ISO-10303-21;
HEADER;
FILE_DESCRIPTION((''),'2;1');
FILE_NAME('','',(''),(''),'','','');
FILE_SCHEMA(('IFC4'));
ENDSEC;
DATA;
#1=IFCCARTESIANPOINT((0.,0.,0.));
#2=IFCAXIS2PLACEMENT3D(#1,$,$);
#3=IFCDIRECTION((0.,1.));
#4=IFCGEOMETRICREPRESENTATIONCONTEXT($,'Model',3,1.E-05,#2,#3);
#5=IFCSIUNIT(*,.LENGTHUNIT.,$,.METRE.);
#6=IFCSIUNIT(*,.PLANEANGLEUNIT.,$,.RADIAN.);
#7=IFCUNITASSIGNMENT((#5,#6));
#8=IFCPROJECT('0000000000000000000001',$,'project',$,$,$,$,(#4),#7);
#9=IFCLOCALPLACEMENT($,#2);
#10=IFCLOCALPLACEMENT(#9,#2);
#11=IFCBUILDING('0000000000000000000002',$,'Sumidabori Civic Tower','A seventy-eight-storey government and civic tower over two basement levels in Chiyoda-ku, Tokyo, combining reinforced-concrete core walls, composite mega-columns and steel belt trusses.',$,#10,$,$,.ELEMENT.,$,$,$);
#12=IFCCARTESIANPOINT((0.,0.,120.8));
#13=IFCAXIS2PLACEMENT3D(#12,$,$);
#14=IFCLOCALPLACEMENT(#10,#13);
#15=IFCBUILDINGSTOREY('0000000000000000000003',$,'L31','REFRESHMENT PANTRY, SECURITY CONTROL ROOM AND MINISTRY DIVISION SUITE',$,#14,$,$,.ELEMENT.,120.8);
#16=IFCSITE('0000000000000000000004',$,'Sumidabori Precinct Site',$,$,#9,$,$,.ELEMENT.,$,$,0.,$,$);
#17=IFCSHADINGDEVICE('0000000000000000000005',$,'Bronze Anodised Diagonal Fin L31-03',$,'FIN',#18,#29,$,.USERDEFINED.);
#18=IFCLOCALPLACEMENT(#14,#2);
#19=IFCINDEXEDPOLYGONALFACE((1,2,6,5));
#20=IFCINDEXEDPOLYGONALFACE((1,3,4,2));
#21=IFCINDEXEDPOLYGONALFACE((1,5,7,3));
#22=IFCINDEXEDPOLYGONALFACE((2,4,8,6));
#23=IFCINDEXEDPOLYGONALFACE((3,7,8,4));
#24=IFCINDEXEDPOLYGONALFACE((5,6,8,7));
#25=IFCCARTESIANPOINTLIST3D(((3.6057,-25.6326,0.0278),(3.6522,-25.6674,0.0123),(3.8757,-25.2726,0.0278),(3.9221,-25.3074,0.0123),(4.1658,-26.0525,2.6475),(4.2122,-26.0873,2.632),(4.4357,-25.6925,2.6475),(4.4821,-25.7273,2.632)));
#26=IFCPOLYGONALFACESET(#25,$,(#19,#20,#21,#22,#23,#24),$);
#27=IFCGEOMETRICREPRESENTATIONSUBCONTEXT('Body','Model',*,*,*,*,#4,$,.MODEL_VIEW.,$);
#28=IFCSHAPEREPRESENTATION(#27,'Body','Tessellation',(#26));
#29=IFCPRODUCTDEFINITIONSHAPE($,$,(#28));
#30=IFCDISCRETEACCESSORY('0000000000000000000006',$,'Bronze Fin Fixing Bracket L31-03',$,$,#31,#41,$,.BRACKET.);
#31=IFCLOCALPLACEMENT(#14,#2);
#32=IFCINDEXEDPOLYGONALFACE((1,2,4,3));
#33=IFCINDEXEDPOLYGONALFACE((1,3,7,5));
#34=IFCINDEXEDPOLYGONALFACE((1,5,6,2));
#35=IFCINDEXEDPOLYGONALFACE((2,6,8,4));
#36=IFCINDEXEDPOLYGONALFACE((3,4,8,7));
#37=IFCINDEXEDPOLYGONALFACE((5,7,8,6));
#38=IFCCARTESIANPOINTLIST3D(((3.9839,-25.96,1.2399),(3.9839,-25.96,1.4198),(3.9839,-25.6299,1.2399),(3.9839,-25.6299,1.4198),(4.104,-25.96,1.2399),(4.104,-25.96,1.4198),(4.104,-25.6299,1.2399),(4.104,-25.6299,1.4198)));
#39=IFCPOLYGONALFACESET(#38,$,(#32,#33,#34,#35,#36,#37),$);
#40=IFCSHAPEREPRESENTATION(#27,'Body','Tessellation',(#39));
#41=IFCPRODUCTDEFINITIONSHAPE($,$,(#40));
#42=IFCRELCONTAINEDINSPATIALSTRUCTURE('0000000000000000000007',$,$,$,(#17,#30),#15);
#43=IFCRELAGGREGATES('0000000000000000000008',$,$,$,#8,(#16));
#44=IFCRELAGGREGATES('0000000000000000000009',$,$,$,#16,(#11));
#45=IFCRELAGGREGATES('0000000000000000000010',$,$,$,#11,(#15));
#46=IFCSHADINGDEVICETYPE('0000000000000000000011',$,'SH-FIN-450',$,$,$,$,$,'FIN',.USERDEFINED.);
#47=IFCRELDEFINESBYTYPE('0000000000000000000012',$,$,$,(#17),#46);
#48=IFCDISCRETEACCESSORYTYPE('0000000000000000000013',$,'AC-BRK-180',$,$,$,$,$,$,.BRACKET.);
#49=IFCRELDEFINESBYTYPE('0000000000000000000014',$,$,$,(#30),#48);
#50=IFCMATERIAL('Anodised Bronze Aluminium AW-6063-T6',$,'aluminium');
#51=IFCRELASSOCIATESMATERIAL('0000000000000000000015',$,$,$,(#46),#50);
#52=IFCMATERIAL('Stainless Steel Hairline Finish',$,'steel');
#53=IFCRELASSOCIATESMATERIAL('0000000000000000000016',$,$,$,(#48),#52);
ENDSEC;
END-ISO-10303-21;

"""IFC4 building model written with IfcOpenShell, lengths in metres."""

from ifc_helpers import new_model, si_unit, direction, frame, origin, origin_2d, place, context, subcontext, project, spatial, rectangle, extrude, source, transform, mapped, material, material_profile, profile_set, type_object, element, save


model = new_model("IFC4")

# Units and contexts
model_context = context("Model", 3, precision=1e-05, world=origin(), true_north=direction((0.0, 1.0)))
body_context = subcontext(model_context, "Body", "Model", "MODEL_VIEW")
ifc_project = project(units=[si_unit("LENGTHUNIT", "METRE"), si_unit("PLANEANGLEUNIT", "RADIAN")], contexts=[model_context])

# Site, building, storey
site_placement = place(None, origin())
site = spatial("IfcSite", under=ifc_project, at=site_placement, Name="Sumidabori Precinct Site", CompositionType="ELEMENT", RefElevation=0.0)
building_placement = place(site_placement, origin())
building = spatial("IfcBuilding", under=site, at=building_placement, Name="Sumidabori Civic Tower", Description="A seventy-eight-storey government and civic tower over two basement levels in Chiyoda-ku, Tokyo, combining reinforced-concrete core walls, composite mega-columns and steel belt trusses.", CompositionType="ELEMENT")
storey_placement = place(building_placement, frame((0.0, 0.0, 120.8)))
storey = spatial("IfcBuildingStorey", under=building, at=storey_placement, Name="L31", Description="REFRESHMENT PANTRY, SECURITY CONTROL ROOM AND MINISTRY DIVISION SUITE", CompositionType="ELEMENT", Elevation=120.8)

# Shared definitions
ifc_material_1 = material(Name="Anodised Bronze Aluminium AW-6063-T6", Category="aluminium")

# Shading device
ifc_material_profile_1 = material_profile(ifc_material_1, rectangle(XDim=0.0601, YDim=0.45, at=origin_2d()), Name="BRONZE FIN 450x60")
ifc_profile_set_1 = profile_set([ifc_material_profile_1], Name="Anodised Bronze Aluminium AW-6063-T6")
shading_device_type = type_object("IfcShadingDeviceType", Name="SH-FIN-450", ElementType="FIN", PredefinedType="USERDEFINED", material=ifc_profile_set_1)
shared_shape_1 = source(origin(), body_context, "Body", "SweptSolid", [
    extrude(rectangle(XDim=0.0601, YDim=0.45, at=origin_2d()), origin(), (0.0, 0.0, 1.0), 2.7117),
])
shading_device_placement = place(storey_placement, frame((3.7639, -25.47, 0.02), z_axis=(0.206528, -0.154851, 0.966109), x_axis=(0.772968, -0.579558, -0.258133)))
element("IfcShadingDevice", 1, at=shading_device_placement, inside=storey, type_object=shading_device_type, Name="Bronze Anodised Diagonal Fin L31-03", ObjectType="FIN", PredefinedType="USERDEFINED", context=body_context, shape_type="MappedRepresentation", body=[
    mapped(shared_shape_1, transform((0.0, 0.0, 0.0), x_axis=(1.0, 0.0, 0.0), y_axis=(0.0, 1.0, 0.0), z_axis=(0.0, 0.0, 1.0), scale=1.0)),
])

# Discrete accessory
ifc_material_2 = material(Name="Stainless Steel Hairline Finish", Category="steel")
ifc_material_profile_2 = material_profile(ifc_material_2, rectangle(XDim=0.1201, YDim=0.1799, at=origin_2d()), Name="STEEL BRACKET 180x120")
ifc_profile_set_2 = profile_set([ifc_material_profile_2], Name="Stainless Steel Hairline Finish")
discrete_accessory_type = type_object("IfcDiscreteAccessoryType", Name="AC-BRK-180", PredefinedType="BRACKET", material=ifc_profile_set_2)
shared_shape_2 = source(origin(), body_context, "Body", "SweptSolid", [
    extrude(rectangle(XDim=0.1201, YDim=0.1799, at=origin_2d()), origin(), (0.0, 0.0, 1.0), 0.3301),
])
discrete_accessory_placement = place(storey_placement, frame((4.0439, -25.6299, 1.3298), z_axis=(0.0, -1.0, 0.0), x_axis=(1.0, 0.0, 0.0)))
element("IfcDiscreteAccessory", 2, at=discrete_accessory_placement, inside=storey, type_object=discrete_accessory_type, Name="Bronze Fin Fixing Bracket L31-03", PredefinedType="BRACKET", context=body_context, shape_type="MappedRepresentation", body=[
    mapped(shared_shape_2, transform((0.0, 0.0, 0.0), x_axis=(1.0, 0.0, 0.0), y_axis=(0.0, 1.0, 0.0), z_axis=(0.0, 0.0, 1.0), scale=1.0)),
])

save(model, "model.ifc")
